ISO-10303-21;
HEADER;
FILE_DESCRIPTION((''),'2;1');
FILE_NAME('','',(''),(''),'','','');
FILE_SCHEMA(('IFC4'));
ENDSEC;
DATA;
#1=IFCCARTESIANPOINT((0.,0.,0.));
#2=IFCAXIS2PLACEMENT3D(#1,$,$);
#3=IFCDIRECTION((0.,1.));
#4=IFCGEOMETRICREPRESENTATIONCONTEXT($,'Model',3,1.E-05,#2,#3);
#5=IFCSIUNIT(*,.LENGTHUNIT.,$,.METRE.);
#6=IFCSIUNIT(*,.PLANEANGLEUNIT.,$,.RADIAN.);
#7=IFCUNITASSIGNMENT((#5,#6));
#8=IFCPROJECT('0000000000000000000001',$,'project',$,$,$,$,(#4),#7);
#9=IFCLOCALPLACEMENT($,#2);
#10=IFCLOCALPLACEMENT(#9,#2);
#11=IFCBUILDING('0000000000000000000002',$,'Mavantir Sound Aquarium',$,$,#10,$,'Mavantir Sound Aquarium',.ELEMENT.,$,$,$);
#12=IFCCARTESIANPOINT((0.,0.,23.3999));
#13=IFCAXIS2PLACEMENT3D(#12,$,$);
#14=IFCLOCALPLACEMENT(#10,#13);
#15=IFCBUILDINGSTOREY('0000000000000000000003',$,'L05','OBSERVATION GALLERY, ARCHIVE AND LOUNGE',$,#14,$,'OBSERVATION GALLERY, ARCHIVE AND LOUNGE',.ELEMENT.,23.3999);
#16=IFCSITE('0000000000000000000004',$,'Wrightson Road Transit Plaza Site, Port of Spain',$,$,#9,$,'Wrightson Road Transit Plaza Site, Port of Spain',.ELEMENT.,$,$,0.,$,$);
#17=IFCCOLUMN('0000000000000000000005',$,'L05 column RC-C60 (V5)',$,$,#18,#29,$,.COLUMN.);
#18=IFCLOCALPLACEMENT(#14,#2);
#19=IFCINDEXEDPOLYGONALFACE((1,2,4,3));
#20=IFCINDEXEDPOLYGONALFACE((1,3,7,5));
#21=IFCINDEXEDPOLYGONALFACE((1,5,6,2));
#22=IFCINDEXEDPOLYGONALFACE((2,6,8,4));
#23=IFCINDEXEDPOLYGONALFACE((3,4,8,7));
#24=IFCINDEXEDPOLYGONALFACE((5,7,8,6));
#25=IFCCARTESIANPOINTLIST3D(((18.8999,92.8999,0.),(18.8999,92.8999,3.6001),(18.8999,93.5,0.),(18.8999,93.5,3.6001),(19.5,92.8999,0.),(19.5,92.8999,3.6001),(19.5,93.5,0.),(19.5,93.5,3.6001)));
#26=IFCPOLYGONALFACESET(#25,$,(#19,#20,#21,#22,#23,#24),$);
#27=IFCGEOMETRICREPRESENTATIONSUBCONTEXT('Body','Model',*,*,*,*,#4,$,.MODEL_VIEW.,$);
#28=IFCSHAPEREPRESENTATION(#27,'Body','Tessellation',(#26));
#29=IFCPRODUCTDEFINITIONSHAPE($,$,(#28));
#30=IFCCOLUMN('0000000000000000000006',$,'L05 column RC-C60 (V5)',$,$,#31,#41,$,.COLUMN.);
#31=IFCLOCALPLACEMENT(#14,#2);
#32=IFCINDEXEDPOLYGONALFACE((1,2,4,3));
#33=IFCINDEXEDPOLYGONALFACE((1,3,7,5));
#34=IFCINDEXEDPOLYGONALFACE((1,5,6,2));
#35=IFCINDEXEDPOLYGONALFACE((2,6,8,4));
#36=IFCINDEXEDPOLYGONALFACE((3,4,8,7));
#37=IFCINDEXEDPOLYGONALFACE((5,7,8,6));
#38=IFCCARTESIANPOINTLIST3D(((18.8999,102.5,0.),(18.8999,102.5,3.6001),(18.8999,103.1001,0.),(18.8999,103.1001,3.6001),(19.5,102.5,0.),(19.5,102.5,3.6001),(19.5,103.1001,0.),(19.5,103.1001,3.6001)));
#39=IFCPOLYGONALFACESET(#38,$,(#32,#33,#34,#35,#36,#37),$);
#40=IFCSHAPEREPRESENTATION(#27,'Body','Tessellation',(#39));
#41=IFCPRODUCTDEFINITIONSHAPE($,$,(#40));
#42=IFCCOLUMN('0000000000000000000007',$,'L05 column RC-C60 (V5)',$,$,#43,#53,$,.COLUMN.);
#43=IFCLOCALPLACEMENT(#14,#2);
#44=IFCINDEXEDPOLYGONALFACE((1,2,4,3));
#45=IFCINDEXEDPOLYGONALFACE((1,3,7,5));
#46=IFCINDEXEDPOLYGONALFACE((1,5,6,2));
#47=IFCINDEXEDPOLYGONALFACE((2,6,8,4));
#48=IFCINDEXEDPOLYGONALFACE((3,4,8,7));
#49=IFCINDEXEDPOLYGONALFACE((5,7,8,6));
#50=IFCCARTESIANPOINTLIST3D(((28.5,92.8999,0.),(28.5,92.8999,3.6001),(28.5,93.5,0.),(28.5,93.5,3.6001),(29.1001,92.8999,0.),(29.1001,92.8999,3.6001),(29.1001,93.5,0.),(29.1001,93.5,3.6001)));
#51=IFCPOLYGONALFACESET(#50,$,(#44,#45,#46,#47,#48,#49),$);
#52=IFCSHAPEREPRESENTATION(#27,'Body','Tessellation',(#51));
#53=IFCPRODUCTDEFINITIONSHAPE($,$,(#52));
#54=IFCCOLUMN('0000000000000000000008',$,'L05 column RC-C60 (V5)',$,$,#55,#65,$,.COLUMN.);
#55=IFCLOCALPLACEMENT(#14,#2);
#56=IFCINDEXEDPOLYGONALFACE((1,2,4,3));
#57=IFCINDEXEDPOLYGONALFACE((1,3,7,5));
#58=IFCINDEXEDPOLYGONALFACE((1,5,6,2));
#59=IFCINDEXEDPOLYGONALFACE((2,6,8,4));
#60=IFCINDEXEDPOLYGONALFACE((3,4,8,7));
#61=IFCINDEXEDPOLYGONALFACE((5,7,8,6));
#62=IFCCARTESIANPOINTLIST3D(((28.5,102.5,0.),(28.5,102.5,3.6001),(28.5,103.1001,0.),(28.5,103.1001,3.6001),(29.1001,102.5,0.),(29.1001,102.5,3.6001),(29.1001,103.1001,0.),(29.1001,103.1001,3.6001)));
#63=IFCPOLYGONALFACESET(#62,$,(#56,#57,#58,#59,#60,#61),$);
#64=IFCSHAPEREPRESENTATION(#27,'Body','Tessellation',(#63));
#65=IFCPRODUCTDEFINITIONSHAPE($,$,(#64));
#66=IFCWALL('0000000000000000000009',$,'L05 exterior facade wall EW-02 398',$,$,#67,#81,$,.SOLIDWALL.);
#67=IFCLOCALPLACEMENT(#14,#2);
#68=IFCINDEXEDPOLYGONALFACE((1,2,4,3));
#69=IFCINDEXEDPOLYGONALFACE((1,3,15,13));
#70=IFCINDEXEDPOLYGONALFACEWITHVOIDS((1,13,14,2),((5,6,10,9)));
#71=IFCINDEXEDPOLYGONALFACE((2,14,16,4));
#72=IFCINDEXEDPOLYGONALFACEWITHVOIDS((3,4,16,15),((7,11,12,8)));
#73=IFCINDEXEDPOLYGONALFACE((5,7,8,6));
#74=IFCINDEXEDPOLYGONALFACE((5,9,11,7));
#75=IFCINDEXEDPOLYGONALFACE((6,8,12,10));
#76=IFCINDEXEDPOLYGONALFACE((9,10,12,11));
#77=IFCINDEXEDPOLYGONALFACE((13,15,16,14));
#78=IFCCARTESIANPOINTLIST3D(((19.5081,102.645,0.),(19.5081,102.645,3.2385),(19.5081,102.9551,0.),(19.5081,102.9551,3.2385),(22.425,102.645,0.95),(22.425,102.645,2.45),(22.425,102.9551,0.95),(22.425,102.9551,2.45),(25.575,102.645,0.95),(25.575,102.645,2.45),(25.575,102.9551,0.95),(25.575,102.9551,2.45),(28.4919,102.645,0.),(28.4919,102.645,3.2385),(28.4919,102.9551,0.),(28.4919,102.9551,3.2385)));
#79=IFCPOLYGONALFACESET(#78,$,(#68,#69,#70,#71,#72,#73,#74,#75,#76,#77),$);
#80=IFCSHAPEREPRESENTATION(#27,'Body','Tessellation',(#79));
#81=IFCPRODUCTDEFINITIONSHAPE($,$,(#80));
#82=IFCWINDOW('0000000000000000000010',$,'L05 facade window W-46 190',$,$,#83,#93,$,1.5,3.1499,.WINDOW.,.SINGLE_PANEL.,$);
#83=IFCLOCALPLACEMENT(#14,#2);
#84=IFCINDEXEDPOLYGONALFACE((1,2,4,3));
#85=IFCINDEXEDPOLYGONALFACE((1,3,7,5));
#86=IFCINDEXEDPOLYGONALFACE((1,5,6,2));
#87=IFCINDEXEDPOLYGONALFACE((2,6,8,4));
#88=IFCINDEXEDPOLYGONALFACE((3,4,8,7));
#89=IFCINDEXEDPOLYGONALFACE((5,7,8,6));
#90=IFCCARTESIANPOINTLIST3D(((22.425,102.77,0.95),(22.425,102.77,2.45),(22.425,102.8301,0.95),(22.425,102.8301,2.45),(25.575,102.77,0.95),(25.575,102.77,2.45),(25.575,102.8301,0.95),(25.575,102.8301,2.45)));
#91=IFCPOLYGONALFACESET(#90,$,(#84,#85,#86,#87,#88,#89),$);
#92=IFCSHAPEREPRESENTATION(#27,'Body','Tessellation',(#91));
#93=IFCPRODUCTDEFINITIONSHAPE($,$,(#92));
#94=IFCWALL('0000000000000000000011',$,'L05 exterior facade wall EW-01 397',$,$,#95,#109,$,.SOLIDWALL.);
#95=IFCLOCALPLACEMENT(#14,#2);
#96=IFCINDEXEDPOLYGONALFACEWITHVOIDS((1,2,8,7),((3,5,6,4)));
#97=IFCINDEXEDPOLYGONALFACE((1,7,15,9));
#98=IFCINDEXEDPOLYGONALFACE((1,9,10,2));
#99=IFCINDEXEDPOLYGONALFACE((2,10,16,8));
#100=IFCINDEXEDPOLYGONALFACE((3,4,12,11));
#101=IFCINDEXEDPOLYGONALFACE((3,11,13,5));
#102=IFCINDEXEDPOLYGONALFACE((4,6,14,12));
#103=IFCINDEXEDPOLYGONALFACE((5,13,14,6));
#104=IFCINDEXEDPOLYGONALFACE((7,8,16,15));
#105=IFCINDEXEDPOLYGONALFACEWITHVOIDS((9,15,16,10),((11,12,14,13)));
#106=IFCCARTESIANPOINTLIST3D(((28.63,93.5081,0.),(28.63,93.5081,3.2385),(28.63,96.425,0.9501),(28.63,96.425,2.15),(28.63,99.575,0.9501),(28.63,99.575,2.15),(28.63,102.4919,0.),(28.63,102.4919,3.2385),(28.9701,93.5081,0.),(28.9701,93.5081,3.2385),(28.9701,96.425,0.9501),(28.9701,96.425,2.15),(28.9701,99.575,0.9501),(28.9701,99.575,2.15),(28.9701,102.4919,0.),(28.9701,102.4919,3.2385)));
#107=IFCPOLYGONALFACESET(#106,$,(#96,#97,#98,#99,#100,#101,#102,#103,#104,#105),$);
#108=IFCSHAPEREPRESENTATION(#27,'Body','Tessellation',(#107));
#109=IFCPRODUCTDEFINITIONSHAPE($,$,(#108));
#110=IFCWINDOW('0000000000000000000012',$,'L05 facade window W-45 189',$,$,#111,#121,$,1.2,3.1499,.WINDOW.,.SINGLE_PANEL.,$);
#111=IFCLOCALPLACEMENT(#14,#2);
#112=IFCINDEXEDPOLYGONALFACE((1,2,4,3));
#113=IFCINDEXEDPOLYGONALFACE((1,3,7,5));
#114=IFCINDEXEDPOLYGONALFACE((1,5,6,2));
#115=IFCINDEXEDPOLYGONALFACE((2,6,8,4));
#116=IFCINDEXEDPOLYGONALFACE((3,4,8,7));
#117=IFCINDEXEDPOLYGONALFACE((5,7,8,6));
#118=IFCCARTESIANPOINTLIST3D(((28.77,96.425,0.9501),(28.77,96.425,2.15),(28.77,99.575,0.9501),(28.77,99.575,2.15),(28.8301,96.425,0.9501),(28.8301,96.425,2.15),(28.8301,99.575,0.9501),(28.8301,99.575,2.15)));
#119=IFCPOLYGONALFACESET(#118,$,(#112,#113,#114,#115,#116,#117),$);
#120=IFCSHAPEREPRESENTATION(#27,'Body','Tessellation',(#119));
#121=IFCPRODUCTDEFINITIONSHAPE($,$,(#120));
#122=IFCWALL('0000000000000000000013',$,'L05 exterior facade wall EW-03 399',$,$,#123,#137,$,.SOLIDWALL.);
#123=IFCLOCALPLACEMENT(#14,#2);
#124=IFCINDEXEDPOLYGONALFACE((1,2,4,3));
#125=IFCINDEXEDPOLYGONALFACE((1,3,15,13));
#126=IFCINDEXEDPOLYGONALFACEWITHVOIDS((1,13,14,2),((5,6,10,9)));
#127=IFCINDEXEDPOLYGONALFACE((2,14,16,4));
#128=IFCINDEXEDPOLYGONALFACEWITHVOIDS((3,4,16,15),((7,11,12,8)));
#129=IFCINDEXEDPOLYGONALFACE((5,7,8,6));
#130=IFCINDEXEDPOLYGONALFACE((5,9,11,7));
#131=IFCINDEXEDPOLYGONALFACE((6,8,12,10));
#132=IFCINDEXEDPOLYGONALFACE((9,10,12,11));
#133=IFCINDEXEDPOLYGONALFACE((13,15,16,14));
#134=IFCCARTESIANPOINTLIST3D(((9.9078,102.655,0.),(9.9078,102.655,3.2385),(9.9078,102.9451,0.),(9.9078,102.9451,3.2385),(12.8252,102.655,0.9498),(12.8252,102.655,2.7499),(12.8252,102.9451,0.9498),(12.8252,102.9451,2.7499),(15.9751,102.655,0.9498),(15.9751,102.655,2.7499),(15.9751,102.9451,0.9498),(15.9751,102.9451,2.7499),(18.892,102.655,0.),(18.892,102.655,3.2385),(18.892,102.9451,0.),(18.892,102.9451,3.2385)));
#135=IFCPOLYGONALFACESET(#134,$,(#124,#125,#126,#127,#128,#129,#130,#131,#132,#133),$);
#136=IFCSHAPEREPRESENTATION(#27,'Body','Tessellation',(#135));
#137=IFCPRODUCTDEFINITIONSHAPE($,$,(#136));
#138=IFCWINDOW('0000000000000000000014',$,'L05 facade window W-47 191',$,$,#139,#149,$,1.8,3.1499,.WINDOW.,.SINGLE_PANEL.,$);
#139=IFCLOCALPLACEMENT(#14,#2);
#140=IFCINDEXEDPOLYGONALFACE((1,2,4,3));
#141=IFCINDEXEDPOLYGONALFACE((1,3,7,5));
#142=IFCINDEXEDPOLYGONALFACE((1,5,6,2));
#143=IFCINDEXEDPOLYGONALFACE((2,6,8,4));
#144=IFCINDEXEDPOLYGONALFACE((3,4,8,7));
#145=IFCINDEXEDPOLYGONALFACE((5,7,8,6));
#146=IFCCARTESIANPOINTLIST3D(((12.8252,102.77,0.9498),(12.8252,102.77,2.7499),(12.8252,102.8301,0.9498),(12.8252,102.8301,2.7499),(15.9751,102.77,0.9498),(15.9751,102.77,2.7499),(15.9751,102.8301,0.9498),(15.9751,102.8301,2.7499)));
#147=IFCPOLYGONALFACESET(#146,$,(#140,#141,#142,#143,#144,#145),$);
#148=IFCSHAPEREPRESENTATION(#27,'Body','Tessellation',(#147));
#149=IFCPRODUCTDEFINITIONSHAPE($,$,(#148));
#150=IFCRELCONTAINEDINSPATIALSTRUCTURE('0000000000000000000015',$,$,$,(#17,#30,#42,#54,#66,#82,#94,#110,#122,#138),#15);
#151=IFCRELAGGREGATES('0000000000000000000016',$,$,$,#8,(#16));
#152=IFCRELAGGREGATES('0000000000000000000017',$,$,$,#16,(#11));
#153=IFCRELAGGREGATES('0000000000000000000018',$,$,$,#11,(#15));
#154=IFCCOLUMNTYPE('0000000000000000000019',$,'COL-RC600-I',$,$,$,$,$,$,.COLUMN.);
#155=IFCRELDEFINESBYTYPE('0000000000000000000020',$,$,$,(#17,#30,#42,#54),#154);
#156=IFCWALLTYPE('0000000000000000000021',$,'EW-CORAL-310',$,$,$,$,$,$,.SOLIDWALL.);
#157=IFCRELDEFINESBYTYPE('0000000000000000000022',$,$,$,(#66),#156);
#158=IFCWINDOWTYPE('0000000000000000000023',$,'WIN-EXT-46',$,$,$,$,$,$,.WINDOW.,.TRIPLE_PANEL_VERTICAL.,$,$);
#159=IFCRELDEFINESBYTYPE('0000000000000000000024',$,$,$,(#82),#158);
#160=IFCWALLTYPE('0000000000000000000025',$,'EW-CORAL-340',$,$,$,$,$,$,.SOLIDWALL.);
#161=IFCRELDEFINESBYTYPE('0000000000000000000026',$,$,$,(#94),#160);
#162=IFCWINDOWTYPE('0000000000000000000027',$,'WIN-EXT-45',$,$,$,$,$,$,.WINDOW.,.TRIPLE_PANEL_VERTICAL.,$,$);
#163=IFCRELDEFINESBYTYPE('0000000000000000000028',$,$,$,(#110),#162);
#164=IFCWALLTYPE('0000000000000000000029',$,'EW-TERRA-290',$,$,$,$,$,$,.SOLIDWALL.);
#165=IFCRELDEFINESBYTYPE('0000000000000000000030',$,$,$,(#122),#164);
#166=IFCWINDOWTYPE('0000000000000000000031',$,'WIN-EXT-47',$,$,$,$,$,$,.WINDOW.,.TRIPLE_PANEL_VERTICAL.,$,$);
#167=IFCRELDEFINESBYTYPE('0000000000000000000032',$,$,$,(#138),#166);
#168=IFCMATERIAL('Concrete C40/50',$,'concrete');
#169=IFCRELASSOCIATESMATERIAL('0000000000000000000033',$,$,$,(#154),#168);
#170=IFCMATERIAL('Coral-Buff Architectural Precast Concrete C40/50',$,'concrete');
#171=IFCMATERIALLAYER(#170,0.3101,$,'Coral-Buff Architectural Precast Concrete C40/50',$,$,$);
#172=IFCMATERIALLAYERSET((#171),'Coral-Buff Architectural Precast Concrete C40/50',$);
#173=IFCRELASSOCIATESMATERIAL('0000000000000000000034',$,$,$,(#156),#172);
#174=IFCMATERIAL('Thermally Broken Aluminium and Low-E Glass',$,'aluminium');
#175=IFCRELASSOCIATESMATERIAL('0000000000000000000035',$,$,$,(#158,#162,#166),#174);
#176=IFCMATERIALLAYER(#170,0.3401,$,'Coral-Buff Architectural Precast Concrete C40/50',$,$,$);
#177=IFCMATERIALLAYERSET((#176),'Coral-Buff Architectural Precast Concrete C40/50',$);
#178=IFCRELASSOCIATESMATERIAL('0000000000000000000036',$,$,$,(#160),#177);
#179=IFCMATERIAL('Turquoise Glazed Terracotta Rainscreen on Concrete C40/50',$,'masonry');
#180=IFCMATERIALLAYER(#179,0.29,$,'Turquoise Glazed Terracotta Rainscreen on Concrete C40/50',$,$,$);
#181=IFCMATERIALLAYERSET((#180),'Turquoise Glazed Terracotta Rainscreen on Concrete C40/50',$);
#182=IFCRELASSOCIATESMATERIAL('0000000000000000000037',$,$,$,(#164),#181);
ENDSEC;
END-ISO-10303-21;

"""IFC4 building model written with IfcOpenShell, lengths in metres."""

from ifc_helpers import new_model, si_unit, direction, frame, frame_2d, origin, origin_2d, place, context, subcontext, project, spatial, rectangle, extrude, material, layer, layer_set, material_profile, profile_set, type_object, element, fill, save


model = new_model("IFC4")

# Units and contexts
model_context = context("Model", 3, precision=1e-05, world=origin(), true_north=direction((0.0, 1.0)))
body_context = subcontext(model_context, "Body", "Model", "MODEL_VIEW")
ifc_project = project(units=[si_unit("LENGTHUNIT", "METRE"), si_unit("PLANEANGLEUNIT", "RADIAN")], contexts=[model_context])

# Site, building, storey
site_placement = place(None, origin())
site = spatial("IfcSite", under=ifc_project, at=site_placement, Name="Wrightson Road Transit Plaza Site, Port of Spain", LongName="Wrightson Road Transit Plaza Site, Port of Spain", CompositionType="ELEMENT", RefElevation=0.0)
building_placement = place(site_placement, origin())
building = spatial("IfcBuilding", under=site, at=building_placement, Name="Mavantir Sound Aquarium", LongName="Mavantir Sound Aquarium", CompositionType="ELEMENT")
storey_placement = place(building_placement, frame((0.0, 0.0, 23.3999)))
storey = spatial("IfcBuildingStorey", under=building, at=storey_placement, Name="L05", Description="OBSERVATION GALLERY, ARCHIVE AND LOUNGE", LongName="OBSERVATION GALLERY, ARCHIVE AND LOUNGE", CompositionType="ELEMENT", Elevation=23.3999)

# Columns
ifc_material_1 = material(Name="Concrete C40/50", Category="concrete")
ifc_material_profile = material_profile(ifc_material_1, rectangle(XDim=0.6001, YDim=0.6001, at=origin_2d()), Name="RC 600X600")
ifc_profile_set = profile_set([ifc_material_profile], Name="Concrete C40/50")
column_type = type_object("IfcColumnType", Name="COL-RC600-I", PredefinedType="COLUMN", material=ifc_profile_set)
for number, where, z_axis, x_axis, name in (
    (1, (19.2, 93.2, 0.0), (0.0, 0.0, 1.0), (1.0, 0.0, 0.0), "L05 column RC-C60 (V5)"),
    (2, (19.2, 102.8, 0.0), (0.0, 0.0, 1.0), (1.0, 0.0, 0.0), "L05 column RC-C60 (V5)"),
    (3, (28.8, 93.2, 0.0), (0.0, 0.0, 1.0), (1.0, 0.0, 0.0), "L05 column RC-C60 (V5)"),
    (4, (28.8, 102.8, 0.0), (0.0, 0.0, 1.0), (1.0, 0.0, 0.0), "L05 column RC-C60 (V5)"),
):
    element("IfcColumn", number, at=place(storey_placement, frame(where, z_axis=z_axis, x_axis=x_axis)), inside=storey, type_object=column_type, Name=name, PredefinedType="COLUMN", context=body_context, shape_type="SweptSolid", body=[
        extrude(rectangle(XDim=0.6001, YDim=0.6001, at=origin_2d()), origin(), (0.0, 0.0, 1.0), 3.6001),
    ])

# Walls, openings, windows
ifc_material_2 = material(Name="Coral-Buff Architectural Precast Concrete C40/50", Category="concrete")
ifc_layer_1 = layer(ifc_material_2, 0.3101, Name="Coral-Buff Architectural Precast Concrete C40/50")
ifc_layer_set_1 = layer_set([ifc_layer_1], Name="Coral-Buff Architectural Precast Concrete C40/50")
wall_type_1 = type_object("IfcWallType", Name="EW-CORAL-310", PredefinedType="SOLIDWALL", material=ifc_layer_set_1)
wall_1_placement = place(storey_placement, frame((28.4919, 102.8, 0.0), z_axis=(0.0, 0.0, 1.0), x_axis=(-1.0, 0.0, 0.0)))
wall_1 = element("IfcWall", 5, at=wall_1_placement, inside=storey, type_object=wall_type_1, Name="L05 exterior facade wall EW-02 398", PredefinedType="SOLIDWALL", context=body_context, shape_type="SweptSolid", body=[
    extrude(rectangle(XDim=8.9839, YDim=0.3101, at=frame_2d((4.4919, 0.0))), origin(), (0.0, 0.0, 1.0), 3.2385),
])
opening_1_placement = place(wall_1_placement, frame((2.917, 0.0, 0.95)))
opening_1 = element("IfcOpeningElement", 6, at=opening_1_placement, cuts=wall_1, PredefinedType="OPENING", context=body_context, shape_type="SweptSolid", body=[
    extrude(rectangle(XDim=3.1499, YDim=1.5, at=frame_2d((1.575, 0.75))), frame((0.0, 0.165, 0.0), z_axis=(0.0, -1.0, 0.0), x_axis=(1.0, 0.0, 0.0)), (0.0, 0.0, 1.0), 0.3301),
])
ifc_material_3 = material(Name="Thermally Broken Aluminium and Low-E Glass", Category="aluminium")
window_type_1 = type_object("IfcWindowType", Name="WIN-EXT-46", PartitioningType="TRIPLE_PANEL_VERTICAL", PredefinedType="WINDOW", material=ifc_material_3)
window_1_placement = place(opening_1_placement, origin())
window_1 = element("IfcWindow", 7, at=window_1_placement, inside=storey, type_object=window_type_1, Name="L05 facade window W-46 190", OverallHeight=1.5, OverallWidth=3.1499, PartitioningType="SINGLE_PANEL", PredefinedType="WINDOW", context=body_context, shape_type="SweptSolid", body=[
    extrude(rectangle(XDim=3.1499, YDim=1.5, at=frame_2d((1.575, 0.75))), frame((0.0, 0.03, 0.0), z_axis=(0.0, -1.0, 0.0), x_axis=(1.0, 0.0, 0.0)), (0.0, 0.0, 1.0), 0.0601),
])
fill(opening_1, window_1)
ifc_layer_2 = layer(ifc_material_2, 0.3401, Name="Coral-Buff Architectural Precast Concrete C40/50")
ifc_layer_set_2 = layer_set([ifc_layer_2], Name="Coral-Buff Architectural Precast Concrete C40/50")
wall_type_2 = type_object("IfcWallType", Name="EW-CORAL-340", PredefinedType="SOLIDWALL", material=ifc_layer_set_2)
wall_2_placement = place(storey_placement, frame((28.8, 93.5081, 0.0), z_axis=(0.0, 0.0, 1.0), x_axis=(0.0, 1.0, 0.0)))
wall_2 = element("IfcWall", 8, at=wall_2_placement, inside=storey, type_object=wall_type_2, Name="L05 exterior facade wall EW-01 397", PredefinedType="SOLIDWALL", context=body_context, shape_type="SweptSolid", body=[
    extrude(rectangle(XDim=8.9839, YDim=0.3401, at=frame_2d((4.4919, 0.0))), origin(), (0.0, 0.0, 1.0), 3.2385),
])
opening_2_placement = place(wall_2_placement, frame((2.917, 0.0, 0.95)))
opening_2 = element("IfcOpeningElement", 9, at=opening_2_placement, cuts=wall_2, PredefinedType="OPENING", context=body_context, shape_type="SweptSolid", body=[
    extrude(rectangle(XDim=3.1499, YDim=1.2, at=frame_2d((1.575, 0.6001))), frame((0.0, 0.1802, 0.0), z_axis=(0.0, -1.0, 0.0), x_axis=(1.0, 0.0, 0.0)), (0.0, 0.0, 1.0), 0.3601),
])
window_type_2 = type_object("IfcWindowType", Name="WIN-EXT-45", PartitioningType="TRIPLE_PANEL_VERTICAL", PredefinedType="WINDOW", material=ifc_material_3)
window_2_placement = place(opening_2_placement, origin())
window_2 = element("IfcWindow", 10, at=window_2_placement, inside=storey, type_object=window_type_2, Name="L05 facade window W-45 189", OverallHeight=1.2, OverallWidth=3.1499, PartitioningType="SINGLE_PANEL", PredefinedType="WINDOW", context=body_context, shape_type="SweptSolid", body=[
    extrude(rectangle(XDim=3.1499, YDim=1.2, at=frame_2d((1.575, 0.6001))), frame((0.0, 0.03, 0.0), z_axis=(0.0, -1.0, 0.0), x_axis=(1.0, 0.0, 0.0)), (0.0, 0.0, 1.0), 0.0601),
])
fill(opening_2, window_2)
ifc_material_4 = material(Name="Turquoise Glazed Terracotta Rainscreen on Concrete C40/50", Category="masonry")
ifc_layer_3 = layer(ifc_material_4, 0.29, Name="Turquoise Glazed Terracotta Rainscreen on Concrete C40/50")
ifc_layer_set_3 = layer_set([ifc_layer_3], Name="Turquoise Glazed Terracotta Rainscreen on Concrete C40/50")
wall_type_3 = type_object("IfcWallType", Name="EW-TERRA-290", PredefinedType="SOLIDWALL", material=ifc_layer_set_3)
wall_3_placement = place(storey_placement, frame((18.8921, 102.8, 0.0), z_axis=(0.0, 0.0, 1.0), x_axis=(-1.0, 0.0, 0.0)))
wall_3 = element("IfcWall", 11, at=wall_3_placement, inside=storey, type_object=wall_type_3, Name="L05 exterior facade wall EW-03 399", PredefinedType="SOLIDWALL", context=body_context, shape_type="SweptSolid", body=[
    extrude(rectangle(XDim=8.9841, YDim=0.29, at=frame_2d((4.4922, 0.0))), origin(), (0.0, 0.0, 1.0), 3.2385),
])
opening_3_placement = place(wall_3_placement, frame((2.917, 0.0, 0.95)))
opening_3 = element("IfcOpeningElement", 12, at=opening_3_placement, cuts=wall_3, PredefinedType="OPENING", context=body_context, shape_type="SweptSolid", body=[
    extrude(rectangle(XDim=3.1499, YDim=1.8, at=frame_2d((1.575, 0.8999))), frame((0.0, 0.155, 0.0), z_axis=(0.0, -1.0, 0.0), x_axis=(1.0, 0.0, 0.0)), (0.0, 0.0, 1.0), 0.3101),
])
window_type_3 = type_object("IfcWindowType", Name="WIN-EXT-47", PartitioningType="TRIPLE_PANEL_VERTICAL", PredefinedType="WINDOW", material=ifc_material_3)
window_3_placement = place(opening_3_placement, origin())
window_3 = element("IfcWindow", 13, at=window_3_placement, inside=storey, type_object=window_type_3, Name="L05 facade window W-47 191", OverallHeight=1.8, OverallWidth=3.1499, PartitioningType="SINGLE_PANEL", PredefinedType="WINDOW", context=body_context, shape_type="SweptSolid", body=[
    extrude(rectangle(XDim=3.1499, YDim=1.8, at=frame_2d((1.575, 0.8999))), frame((0.0, 0.03, 0.0), z_axis=(0.0, -1.0, 0.0), x_axis=(1.0, 0.0, 0.0)), (0.0, 0.0, 1.0), 0.0601),
])
fill(opening_3, window_3)

save(model, "model.ifc")
